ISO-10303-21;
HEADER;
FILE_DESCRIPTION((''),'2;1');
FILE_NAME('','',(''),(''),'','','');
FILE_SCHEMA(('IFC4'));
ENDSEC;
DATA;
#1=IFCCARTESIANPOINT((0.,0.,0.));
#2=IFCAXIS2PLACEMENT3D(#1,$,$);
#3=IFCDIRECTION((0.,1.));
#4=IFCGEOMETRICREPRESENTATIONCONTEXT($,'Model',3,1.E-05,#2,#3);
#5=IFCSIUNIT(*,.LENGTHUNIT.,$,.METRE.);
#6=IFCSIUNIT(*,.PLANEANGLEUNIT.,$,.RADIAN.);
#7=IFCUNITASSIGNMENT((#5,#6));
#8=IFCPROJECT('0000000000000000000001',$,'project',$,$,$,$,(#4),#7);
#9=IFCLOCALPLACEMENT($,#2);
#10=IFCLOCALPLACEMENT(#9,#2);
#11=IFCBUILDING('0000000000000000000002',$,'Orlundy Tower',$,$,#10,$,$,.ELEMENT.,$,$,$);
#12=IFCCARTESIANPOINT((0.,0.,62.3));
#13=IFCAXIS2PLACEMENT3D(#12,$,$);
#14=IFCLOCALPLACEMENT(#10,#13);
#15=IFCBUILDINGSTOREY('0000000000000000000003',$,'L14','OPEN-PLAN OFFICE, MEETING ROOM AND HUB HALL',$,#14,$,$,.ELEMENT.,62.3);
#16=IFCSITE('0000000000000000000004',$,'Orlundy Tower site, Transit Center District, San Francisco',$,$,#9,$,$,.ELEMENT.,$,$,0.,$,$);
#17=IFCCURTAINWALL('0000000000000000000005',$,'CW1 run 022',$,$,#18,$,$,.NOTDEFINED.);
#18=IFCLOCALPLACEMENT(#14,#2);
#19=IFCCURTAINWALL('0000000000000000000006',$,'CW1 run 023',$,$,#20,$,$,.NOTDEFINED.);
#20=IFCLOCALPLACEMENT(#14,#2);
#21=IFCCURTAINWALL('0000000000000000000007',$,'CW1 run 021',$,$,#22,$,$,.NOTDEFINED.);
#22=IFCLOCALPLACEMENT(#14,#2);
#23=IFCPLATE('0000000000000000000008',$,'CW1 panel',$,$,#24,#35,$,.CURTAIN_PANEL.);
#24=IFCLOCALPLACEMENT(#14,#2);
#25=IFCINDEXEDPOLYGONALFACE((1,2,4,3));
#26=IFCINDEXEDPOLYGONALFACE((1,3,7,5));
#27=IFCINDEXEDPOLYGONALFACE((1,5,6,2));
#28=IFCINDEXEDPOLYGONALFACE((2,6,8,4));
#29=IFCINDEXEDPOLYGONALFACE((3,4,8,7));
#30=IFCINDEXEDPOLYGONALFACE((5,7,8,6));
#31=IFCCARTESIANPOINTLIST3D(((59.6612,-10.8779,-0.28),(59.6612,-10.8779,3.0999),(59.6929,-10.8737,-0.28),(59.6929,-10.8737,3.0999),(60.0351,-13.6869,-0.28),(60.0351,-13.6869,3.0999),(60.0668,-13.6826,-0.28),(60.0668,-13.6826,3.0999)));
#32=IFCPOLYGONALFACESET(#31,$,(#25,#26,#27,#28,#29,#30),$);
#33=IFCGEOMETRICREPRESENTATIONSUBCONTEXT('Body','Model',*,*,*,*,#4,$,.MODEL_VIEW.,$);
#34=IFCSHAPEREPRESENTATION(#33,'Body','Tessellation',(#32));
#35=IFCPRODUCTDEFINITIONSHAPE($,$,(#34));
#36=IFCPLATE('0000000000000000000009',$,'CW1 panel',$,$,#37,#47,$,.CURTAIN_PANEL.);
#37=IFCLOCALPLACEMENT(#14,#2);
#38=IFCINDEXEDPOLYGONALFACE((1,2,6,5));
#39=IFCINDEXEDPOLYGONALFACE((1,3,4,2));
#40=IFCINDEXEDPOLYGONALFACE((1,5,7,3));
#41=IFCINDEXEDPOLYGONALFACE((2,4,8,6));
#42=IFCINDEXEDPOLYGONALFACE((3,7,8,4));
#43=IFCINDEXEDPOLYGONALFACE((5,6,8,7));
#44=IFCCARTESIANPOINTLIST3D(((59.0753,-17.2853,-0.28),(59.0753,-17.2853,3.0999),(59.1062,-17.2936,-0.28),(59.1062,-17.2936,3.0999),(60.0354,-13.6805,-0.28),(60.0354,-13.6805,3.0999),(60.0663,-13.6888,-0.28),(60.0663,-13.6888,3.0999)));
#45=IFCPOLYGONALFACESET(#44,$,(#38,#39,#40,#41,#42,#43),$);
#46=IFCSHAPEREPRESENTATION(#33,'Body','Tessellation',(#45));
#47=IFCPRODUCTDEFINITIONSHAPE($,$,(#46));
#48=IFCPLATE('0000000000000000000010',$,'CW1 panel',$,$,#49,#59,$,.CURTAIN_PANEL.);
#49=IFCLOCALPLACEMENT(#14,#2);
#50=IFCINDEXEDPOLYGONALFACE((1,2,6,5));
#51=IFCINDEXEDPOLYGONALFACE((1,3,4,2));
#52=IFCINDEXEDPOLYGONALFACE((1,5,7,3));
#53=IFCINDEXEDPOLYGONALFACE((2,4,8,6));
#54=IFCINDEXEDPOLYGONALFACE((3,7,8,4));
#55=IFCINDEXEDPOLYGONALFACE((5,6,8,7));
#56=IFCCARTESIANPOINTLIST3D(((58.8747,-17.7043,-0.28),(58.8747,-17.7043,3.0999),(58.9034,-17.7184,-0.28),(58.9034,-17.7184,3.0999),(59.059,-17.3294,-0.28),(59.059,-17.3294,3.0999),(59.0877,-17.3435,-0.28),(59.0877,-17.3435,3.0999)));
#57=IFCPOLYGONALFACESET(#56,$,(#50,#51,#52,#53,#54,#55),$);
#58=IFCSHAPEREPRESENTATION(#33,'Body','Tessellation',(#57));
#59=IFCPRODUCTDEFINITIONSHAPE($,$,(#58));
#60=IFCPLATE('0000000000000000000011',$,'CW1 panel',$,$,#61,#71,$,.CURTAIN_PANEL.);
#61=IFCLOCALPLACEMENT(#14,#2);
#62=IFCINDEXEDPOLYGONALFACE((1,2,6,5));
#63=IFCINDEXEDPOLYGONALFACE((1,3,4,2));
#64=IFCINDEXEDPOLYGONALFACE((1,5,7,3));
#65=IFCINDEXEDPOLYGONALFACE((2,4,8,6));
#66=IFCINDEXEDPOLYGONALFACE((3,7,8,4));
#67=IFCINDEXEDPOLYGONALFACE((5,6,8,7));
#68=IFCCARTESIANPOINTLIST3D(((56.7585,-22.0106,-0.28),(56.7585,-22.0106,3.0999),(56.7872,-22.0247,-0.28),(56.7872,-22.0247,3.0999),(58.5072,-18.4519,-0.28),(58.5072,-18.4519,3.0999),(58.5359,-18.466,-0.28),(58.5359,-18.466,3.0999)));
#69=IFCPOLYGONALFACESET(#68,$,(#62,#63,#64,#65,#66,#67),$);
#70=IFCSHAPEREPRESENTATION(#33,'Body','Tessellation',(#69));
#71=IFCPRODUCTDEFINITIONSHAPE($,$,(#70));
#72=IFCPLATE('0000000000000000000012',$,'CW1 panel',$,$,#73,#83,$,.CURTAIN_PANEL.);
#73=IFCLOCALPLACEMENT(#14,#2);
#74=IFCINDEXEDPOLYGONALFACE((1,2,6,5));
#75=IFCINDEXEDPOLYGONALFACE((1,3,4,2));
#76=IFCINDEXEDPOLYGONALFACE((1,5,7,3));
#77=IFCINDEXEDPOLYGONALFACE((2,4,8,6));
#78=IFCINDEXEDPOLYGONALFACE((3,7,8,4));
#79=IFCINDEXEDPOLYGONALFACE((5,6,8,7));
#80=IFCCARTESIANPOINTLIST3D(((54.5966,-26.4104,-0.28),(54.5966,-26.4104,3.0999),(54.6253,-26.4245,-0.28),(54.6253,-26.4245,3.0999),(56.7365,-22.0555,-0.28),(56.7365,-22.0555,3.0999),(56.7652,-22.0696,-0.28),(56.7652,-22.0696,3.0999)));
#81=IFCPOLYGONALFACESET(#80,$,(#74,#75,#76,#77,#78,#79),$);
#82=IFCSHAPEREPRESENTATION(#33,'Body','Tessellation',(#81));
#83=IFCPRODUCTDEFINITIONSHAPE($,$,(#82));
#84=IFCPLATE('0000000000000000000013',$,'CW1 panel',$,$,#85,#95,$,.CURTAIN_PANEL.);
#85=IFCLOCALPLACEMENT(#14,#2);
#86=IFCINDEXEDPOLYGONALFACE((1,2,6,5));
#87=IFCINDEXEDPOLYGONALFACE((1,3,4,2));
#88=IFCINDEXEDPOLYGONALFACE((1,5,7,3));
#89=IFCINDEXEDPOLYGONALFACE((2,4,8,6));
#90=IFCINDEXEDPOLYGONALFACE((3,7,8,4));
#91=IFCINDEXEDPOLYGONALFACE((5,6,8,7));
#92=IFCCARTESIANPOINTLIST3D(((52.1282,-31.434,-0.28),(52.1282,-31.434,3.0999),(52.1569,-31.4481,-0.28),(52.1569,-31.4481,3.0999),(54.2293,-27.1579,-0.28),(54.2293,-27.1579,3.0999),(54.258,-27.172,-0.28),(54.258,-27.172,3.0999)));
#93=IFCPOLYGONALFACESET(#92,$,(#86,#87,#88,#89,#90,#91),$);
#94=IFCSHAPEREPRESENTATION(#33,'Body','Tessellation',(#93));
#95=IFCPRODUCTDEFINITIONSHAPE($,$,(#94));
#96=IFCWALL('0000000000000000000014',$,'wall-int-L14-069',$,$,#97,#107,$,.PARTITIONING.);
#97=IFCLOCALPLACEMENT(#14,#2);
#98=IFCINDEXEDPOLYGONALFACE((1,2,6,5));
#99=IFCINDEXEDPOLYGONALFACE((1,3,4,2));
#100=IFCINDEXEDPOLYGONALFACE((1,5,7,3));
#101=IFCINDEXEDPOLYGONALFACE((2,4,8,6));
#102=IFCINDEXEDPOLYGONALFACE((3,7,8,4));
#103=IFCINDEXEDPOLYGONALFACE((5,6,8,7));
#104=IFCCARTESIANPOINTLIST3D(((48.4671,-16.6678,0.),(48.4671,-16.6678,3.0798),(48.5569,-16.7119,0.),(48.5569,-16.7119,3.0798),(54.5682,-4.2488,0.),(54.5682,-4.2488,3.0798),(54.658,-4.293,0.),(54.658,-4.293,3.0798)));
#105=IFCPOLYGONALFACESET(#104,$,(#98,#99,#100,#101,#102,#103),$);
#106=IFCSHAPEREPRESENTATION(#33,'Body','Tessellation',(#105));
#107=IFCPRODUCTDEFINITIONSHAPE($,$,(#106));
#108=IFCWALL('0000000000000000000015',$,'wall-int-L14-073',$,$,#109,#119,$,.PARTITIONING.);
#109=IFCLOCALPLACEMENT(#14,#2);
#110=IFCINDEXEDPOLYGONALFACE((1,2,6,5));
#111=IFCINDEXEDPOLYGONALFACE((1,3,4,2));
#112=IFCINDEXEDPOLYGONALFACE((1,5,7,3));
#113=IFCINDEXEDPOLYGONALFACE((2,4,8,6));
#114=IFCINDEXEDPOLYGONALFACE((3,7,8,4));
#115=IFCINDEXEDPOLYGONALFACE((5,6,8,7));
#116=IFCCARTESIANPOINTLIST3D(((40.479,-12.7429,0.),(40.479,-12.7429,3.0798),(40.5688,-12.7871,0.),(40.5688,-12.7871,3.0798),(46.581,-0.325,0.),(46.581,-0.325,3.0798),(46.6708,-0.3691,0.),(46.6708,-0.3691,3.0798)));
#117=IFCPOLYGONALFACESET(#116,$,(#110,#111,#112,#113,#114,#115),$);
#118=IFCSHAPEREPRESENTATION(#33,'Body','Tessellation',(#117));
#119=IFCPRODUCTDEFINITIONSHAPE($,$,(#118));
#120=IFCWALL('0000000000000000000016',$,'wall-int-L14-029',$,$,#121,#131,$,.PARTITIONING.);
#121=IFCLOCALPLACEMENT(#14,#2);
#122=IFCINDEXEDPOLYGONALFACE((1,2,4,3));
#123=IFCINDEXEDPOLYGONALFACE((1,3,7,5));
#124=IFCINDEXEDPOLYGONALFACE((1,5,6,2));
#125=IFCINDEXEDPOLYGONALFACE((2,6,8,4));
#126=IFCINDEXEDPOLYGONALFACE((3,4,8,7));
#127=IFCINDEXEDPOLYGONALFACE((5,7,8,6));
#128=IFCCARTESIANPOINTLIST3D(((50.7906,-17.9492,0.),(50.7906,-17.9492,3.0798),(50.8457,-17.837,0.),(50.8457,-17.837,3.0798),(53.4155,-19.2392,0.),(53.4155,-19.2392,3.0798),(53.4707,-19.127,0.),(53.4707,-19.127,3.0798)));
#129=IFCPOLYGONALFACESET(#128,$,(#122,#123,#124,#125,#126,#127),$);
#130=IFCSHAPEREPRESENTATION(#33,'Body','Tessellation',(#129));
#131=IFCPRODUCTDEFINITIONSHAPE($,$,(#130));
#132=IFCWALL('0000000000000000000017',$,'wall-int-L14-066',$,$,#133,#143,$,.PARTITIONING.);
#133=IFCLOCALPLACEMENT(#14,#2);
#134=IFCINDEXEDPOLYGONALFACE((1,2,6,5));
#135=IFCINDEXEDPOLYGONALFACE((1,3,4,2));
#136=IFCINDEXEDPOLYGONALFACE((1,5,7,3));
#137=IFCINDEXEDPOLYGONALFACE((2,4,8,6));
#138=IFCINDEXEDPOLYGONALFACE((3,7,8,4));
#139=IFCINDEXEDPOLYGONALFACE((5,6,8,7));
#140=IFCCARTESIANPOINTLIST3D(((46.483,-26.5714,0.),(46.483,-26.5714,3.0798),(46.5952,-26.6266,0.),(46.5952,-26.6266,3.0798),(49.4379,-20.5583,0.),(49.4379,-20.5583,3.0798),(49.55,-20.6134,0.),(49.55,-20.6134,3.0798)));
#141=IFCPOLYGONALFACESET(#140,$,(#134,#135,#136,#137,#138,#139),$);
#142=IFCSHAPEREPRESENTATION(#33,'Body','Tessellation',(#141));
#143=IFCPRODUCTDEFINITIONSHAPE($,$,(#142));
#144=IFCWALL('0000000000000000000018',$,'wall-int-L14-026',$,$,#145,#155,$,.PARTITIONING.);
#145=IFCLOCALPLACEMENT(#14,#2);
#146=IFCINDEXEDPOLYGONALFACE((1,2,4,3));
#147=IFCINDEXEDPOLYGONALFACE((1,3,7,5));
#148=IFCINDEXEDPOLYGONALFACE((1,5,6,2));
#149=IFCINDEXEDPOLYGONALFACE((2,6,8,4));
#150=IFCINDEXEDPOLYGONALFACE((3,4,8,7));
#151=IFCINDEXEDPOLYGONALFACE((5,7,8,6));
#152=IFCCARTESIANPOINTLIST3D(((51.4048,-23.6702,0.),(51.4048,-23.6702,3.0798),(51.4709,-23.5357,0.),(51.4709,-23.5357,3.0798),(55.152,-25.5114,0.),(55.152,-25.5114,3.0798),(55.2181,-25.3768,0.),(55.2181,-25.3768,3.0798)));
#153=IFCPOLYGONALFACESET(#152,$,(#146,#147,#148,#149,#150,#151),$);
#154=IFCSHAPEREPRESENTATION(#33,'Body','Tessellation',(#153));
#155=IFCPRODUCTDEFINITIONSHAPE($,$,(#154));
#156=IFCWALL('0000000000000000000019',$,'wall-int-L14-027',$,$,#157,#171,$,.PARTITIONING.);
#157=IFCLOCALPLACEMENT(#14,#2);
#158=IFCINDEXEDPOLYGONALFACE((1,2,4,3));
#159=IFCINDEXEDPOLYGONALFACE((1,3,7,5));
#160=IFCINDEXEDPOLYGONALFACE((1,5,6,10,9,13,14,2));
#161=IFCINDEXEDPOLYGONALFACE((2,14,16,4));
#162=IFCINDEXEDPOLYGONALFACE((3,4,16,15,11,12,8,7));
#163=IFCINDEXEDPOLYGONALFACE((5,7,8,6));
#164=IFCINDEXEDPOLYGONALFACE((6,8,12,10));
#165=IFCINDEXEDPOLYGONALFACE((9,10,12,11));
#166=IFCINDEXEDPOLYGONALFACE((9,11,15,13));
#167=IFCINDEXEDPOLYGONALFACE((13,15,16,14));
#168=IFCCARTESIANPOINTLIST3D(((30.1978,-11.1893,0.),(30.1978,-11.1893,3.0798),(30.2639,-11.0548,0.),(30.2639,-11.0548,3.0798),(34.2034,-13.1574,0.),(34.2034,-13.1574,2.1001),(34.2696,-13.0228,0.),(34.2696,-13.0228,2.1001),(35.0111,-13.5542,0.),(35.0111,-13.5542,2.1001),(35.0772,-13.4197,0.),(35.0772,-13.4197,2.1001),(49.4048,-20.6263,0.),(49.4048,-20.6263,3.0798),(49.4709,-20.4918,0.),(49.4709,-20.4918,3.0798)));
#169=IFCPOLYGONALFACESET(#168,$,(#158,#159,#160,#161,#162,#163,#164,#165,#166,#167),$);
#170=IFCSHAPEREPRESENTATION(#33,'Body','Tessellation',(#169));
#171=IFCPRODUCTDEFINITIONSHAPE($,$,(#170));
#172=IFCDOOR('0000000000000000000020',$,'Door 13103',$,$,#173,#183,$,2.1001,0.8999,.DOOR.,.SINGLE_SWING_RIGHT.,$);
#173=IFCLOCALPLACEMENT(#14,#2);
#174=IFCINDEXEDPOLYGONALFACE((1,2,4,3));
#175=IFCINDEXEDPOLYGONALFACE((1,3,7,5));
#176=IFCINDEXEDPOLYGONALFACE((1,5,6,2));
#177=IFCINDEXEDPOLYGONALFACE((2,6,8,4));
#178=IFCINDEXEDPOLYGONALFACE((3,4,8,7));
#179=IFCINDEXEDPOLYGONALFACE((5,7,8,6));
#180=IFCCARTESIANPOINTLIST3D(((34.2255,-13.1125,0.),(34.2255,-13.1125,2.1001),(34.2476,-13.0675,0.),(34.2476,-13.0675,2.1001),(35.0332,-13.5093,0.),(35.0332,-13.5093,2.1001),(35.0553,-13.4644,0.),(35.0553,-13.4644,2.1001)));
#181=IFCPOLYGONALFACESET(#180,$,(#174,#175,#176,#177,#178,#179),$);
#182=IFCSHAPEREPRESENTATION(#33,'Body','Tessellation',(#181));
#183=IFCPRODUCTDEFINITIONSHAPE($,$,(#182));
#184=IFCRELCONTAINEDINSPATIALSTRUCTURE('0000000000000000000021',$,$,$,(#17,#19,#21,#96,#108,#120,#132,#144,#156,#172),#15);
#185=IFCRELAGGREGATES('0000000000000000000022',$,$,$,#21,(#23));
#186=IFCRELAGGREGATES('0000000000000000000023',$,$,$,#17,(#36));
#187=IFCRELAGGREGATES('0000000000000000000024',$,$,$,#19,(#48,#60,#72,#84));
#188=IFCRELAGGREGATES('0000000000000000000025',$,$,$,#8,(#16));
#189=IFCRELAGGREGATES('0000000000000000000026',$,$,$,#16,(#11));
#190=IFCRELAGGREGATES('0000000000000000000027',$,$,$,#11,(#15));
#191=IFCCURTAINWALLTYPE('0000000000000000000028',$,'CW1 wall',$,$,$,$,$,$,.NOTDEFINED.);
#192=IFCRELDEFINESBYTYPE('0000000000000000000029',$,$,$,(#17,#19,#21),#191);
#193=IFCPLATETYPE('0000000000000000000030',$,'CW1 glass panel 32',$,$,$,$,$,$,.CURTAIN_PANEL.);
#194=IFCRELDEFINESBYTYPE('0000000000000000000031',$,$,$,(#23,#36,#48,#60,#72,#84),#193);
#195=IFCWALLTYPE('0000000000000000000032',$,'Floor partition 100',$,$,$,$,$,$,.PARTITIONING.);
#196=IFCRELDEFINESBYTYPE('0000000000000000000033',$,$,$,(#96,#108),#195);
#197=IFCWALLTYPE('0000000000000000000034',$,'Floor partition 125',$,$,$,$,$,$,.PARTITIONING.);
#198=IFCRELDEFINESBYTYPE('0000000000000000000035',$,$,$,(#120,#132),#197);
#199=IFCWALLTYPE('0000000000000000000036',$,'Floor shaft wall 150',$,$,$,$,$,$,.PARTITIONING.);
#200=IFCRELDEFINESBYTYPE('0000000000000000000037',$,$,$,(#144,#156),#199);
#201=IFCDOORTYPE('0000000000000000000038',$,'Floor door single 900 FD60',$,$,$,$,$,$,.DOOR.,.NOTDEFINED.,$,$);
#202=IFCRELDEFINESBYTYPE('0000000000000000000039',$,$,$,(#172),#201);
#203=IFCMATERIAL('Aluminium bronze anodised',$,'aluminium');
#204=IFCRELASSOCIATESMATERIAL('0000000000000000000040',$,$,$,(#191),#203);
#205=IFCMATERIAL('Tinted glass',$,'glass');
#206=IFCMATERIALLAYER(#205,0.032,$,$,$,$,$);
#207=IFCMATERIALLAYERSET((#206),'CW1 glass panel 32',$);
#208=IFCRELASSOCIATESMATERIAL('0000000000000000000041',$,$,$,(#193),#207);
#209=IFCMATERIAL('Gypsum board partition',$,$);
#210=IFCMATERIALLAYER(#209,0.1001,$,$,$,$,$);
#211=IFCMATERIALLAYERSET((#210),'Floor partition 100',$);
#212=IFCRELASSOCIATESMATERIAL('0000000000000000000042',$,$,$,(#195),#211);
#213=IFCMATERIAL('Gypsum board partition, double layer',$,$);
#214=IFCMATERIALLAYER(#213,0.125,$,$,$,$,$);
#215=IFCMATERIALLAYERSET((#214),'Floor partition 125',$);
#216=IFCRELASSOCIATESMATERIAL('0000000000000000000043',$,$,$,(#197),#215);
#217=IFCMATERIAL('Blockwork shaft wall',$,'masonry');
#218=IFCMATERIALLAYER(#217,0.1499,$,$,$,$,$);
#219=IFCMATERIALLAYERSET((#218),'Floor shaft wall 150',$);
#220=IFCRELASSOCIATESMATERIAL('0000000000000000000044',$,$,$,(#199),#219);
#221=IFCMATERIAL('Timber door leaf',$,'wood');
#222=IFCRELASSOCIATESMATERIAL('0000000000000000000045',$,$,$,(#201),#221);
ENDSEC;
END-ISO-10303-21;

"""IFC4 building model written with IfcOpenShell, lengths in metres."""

from ifc_helpers import new_model, si_unit, direction, frame, frame_2d, origin, origin_2d, place, context, subcontext, project, spatial, rectangle, extrude, material, layer, layer_set, type_object, element, fill, aggregate, save


model = new_model("IFC4")

# Units and contexts
model_context = context("Model", 3, precision=1e-05, world=origin(), true_north=direction((0.0, 1.0)))
body_context = subcontext(model_context, "Body", "Model", "MODEL_VIEW")
ifc_project = project(units=[si_unit("LENGTHUNIT", "METRE"), si_unit("PLANEANGLEUNIT", "RADIAN")], contexts=[model_context])

# Site, building, storey
site_placement = place(None, origin())
site = spatial("IfcSite", under=ifc_project, at=site_placement, Name="Orlundy Tower site, Transit Center District, San Francisco", CompositionType="ELEMENT", RefElevation=0.0)
building_placement = place(site_placement, origin())
building = spatial("IfcBuilding", under=site, at=building_placement, Name="Orlundy Tower", CompositionType="ELEMENT")
storey_placement = place(building_placement, frame((0.0, 0.0, 62.3)))
storey = spatial("IfcBuildingStorey", under=building, at=storey_placement, Name="L14", Description="OPEN-PLAN OFFICE, MEETING ROOM AND HUB HALL", CompositionType="ELEMENT", Elevation=62.3)

# Curtain wall
ifc_material_1 = material(Name="Aluminium bronze anodised", Category="aluminium")
curtain_wall_type = type_object("IfcCurtainWallType", Name="CW1 wall", PredefinedType="NOTDEFINED", material=ifc_material_1)
curtain_wall_1_placement = place(storey_placement, origin())
curtain_wall_1 = element("IfcCurtainWall", 1, at=curtain_wall_1_placement, inside=storey, type_object=curtain_wall_type, Name="CW1 run 022", PredefinedType="NOTDEFINED")

# Curtain wall
curtain_wall_2_placement = place(storey_placement, origin())
curtain_wall_2 = element("IfcCurtainWall", 2, at=curtain_wall_2_placement, inside=storey, type_object=curtain_wall_type, Name="CW1 run 023", PredefinedType="NOTDEFINED")

# Curtain wall
curtain_wall_3_placement = place(storey_placement, origin())
curtain_wall_3 = element("IfcCurtainWall", 3, at=curtain_wall_3_placement, inside=storey, type_object=curtain_wall_type, Name="CW1 run 021", PredefinedType="NOTDEFINED")

# Plates
ifc_material_2 = material(Name="Tinted glass", Category="glass")
ifc_layer_1 = layer(ifc_material_2, 0.032)
ifc_layer_set_1 = layer_set([ifc_layer_1], Name="CW1 glass panel 32")
plate_type = type_object("IfcPlateType", Name="CW1 glass panel 32", PredefinedType="CURTAIN_PANEL", material=ifc_layer_set_1)
plate_1_placement = place(storey_placement, frame((59.864, -12.2803, -0.28), z_axis=(0.0, 0.0, 1.0), x_axis=(0.131934, -0.991259, 0.0)))
plate_1 = element("IfcPlate", 4, at=plate_1_placement, type_object=plate_type, Name="CW1 panel", PredefinedType="CURTAIN_PANEL", context=body_context, shape_type="SweptSolid", body=[
    extrude(rectangle(XDim=2.8337, YDim=0.032, at=origin_2d()), origin(), (0.0, 0.0, 1.0), 3.3799),
])
aggregate(curtain_wall_3, [plate_1])
plate_2_placement = place(storey_placement, frame((59.5708, -15.4871, -0.28), z_axis=(0.0, 0.0, 1.0), x_axis=(-0.25736, -0.966315, 0.0)))
plate_2 = element("IfcPlate", 5, at=plate_2_placement, type_object=plate_type, Name="CW1 panel", PredefinedType="CURTAIN_PANEL", context=body_context, shape_type="SweptSolid", body=[
    extrude(rectangle(XDim=3.7305, YDim=0.032, at=origin_2d()), origin(), (0.0, 0.0, 1.0), 3.3799),
])
aggregate(curtain_wall_1, [plate_2])
plate_3_placement = place(storey_placement, frame((58.9812, -17.5239, -0.28), z_axis=(0.0, 0.0, 1.0), x_axis=(-0.441012, -0.897501, 0.0)))
plate_3 = element("IfcPlate", 6, at=plate_3_placement, type_object=plate_type, Name="CW1 panel", PredefinedType="CURTAIN_PANEL", context=body_context, shape_type="SweptSolid", body=[
    extrude(rectangle(XDim=0.4177, YDim=0.032, at=origin_2d()), origin(), (0.0, 0.0, 1.0), 3.3799),
])
plate_4_placement = place(storey_placement, frame((57.6472, -20.2383, -0.28), z_axis=(0.0, 0.0, 1.0), x_axis=(-0.441012, -0.897501, 0.0)))
plate_4 = element("IfcPlate", 7, at=plate_4_placement, type_object=plate_type, Name="CW1 panel", PredefinedType="CURTAIN_PANEL", context=body_context, shape_type="SweptSolid", body=[
    extrude(rectangle(XDim=3.9651, YDim=0.032, at=origin_2d()), origin(), (0.0, 0.0, 1.0), 3.3799),
])
plate_5_placement = place(storey_placement, frame((55.6809, -24.24, -0.28), z_axis=(0.0, 0.0, 1.0), x_axis=(-0.441012, -0.897501, 0.0)))
plate_5 = element("IfcPlate", 8, at=plate_5_placement, type_object=plate_type, Name="CW1 panel", PredefinedType="CURTAIN_PANEL", context=body_context, shape_type="SweptSolid", body=[
    extrude(rectangle(XDim=4.8523, YDim=0.032, at=origin_2d()), origin(), (0.0, 0.0, 1.0), 3.3799),
])
plate_6_placement = place(storey_placement, frame((53.1931, -29.303, -0.28), z_axis=(0.0, 0.0, 1.0), x_axis=(-0.441012, -0.897501, 0.0)))
plate_6 = element("IfcPlate", 9, at=plate_6_placement, type_object=plate_type, Name="CW1 panel", PredefinedType="CURTAIN_PANEL", context=body_context, shape_type="SweptSolid", body=[
    extrude(rectangle(XDim=4.7644, YDim=0.032, at=origin_2d()), origin(), (0.0, 0.0, 1.0), 3.3799),
])
aggregate(curtain_wall_2, [plate_3, plate_4, plate_5, plate_6])

# Walls
ifc_material_3 = material(Name="Gypsum board partition")
ifc_layer_2 = layer(ifc_material_3, 0.1001)
ifc_layer_set_2 = layer_set([ifc_layer_2], Name="Floor partition 100")
wall_type_1 = type_object("IfcWallType", Name="Floor partition 100", PredefinedType="PARTITIONING", material=ifc_layer_set_2)
wall_1_placement = place(storey_placement, frame((48.512, -16.6899, 0.0), z_axis=(0.0, 0.0, 1.0), x_axis=(0.440935, 0.897539, 0.0)))
element("IfcWall", 10, at=wall_1_placement, inside=storey, type_object=wall_type_1, Name="wall-int-L14-069", PredefinedType="PARTITIONING", context=body_context, shape_type="SweptSolid", body=[
    extrude(rectangle(XDim=13.8367, YDim=0.1001, at=frame_2d((6.9185, 0.0))), origin(), (0.0, 0.0, 1.0), 3.0798),
])
wall_2_placement = place(storey_placement, frame((40.5239, -12.7649, 0.0), z_axis=(0.0, 0.0, 1.0), x_axis=(0.44102, 0.897497, 0.0)))
element("IfcWall", 11, at=wall_2_placement, inside=storey, type_object=wall_type_1, Name="wall-int-L14-073", PredefinedType="PARTITIONING", context=body_context, shape_type="SweptSolid", body=[
    extrude(rectangle(XDim=13.8362, YDim=0.1001, at=frame_2d((6.918, 0.0))), origin(), (0.0, 0.0, 1.0), 3.0798),
])
ifc_material_4 = material(Name="Gypsum board partition, double layer")
ifc_layer_3 = layer(ifc_material_4, 0.125)
ifc_layer_set_3 = layer_set([ifc_layer_3], Name="Floor partition 125")
wall_type_2 = type_object("IfcWallType", Name="Floor partition 125", PredefinedType="PARTITIONING", material=ifc_layer_set_3)
wall_3_placement = place(storey_placement, frame((53.4431, -19.1831, 0.0), z_axis=(0.0, 0.0, 1.0), x_axis=(-0.897478, 0.44106, 0.0)))
element("IfcWall", 12, at=wall_3_placement, inside=storey, type_object=wall_type_2, Name="wall-int-L14-029", PredefinedType="PARTITIONING", context=body_context, shape_type="SweptSolid", body=[
    extrude(rectangle(XDim=2.9248, YDim=0.125, at=frame_2d((1.4624, 0.0))), origin(), (0.0, 0.0, 1.0), 3.0798),
])
wall_4_placement = place(storey_placement, frame((46.5391, -26.5991, 0.0), z_axis=(0.0, 0.0, 1.0), x_axis=(0.441023, 0.897496, 0.0)))
element("IfcWall", 13, at=wall_4_placement, inside=storey, type_object=wall_type_2, Name="wall-int-L14-066", PredefinedType="PARTITIONING", context=body_context, shape_type="SweptSolid", body=[
    extrude(rectangle(XDim=6.7, YDim=0.125, at=frame_2d((3.3501, 0.0))), origin(), (0.0, 0.0, 1.0), 3.0798),
])
ifc_material_5 = material(Name="Blockwork shaft wall", Category="masonry")
ifc_layer_4 = layer(ifc_material_5, 0.1499)
ifc_layer_set_4 = layer_set([ifc_layer_4], Name="Floor shaft wall 150")
wall_type_3 = type_object("IfcWallType", Name="Floor shaft wall 150", PredefinedType="PARTITIONING", material=ifc_layer_set_4)
wall_5_placement = place(storey_placement, frame((51.438, -23.603, 0.0), z_axis=(0.0, 0.0, 1.0), x_axis=(0.897517, -0.440981, 0.0)))
element("IfcWall", 14, at=wall_5_placement, inside=storey, type_object=wall_type_3, Name="wall-int-L14-026", PredefinedType="PARTITIONING", context=body_context, shape_type="SweptSolid", body=[
    extrude(rectangle(XDim=4.175, YDim=0.1499, at=frame_2d((2.0874, 0.0))), origin(), (0.0, 0.0, 1.0), 3.0798),
])

# Wall, opening, door
wall_6_placement = place(storey_placement, frame((49.438, -20.5591, 0.0), z_axis=(0.0, 0.0, 1.0), x_axis=(-0.897518, 0.440978, 0.0)))
wall_6 = element("IfcWall", 15, at=wall_6_placement, inside=storey, type_object=wall_type_3, Name="wall-int-L14-027", PredefinedType="PARTITIONING", context=body_context, shape_type="SweptSolid", body=[
    extrude(rectangle(XDim=21.4001, YDim=0.1499, at=frame_2d((10.7002, 0.0))), origin(), (0.0, 0.0, 1.0), 3.0798),
])
opening_placement = place(wall_6_placement, frame((16.0374, 0.0, 0.0)))
opening = element("IfcOpeningElement", 16, at=opening_placement, cuts=wall_6, PredefinedType="OPENING", context=body_context, shape_type="SweptSolid", body=[
    extrude(rectangle(XDim=0.8999, YDim=2.1001, at=frame_2d((0.45, 1.05))), frame((0.0, 0.085, 0.0), z_axis=(0.0, -1.0, 0.0), x_axis=(1.0, 0.0, 0.0)), (0.0, 0.0, 1.0), 0.1699),
])
ifc_material_6 = material(Name="Timber door leaf", Category="wood")
door_type = type_object("IfcDoorType", Name="Floor door single 900 FD60", OperationType="NOTDEFINED", PredefinedType="DOOR", material=ifc_material_6)
door_placement = place(opening_placement, origin())
door = element("IfcDoor", 17, at=door_placement, inside=storey, type_object=door_type, Name="Door 13103", OperationType="SINGLE_SWING_RIGHT", OverallHeight=2.1001, OverallWidth=0.8999, PredefinedType="DOOR", context=body_context, shape_type="SweptSolid", body=[
    extrude(rectangle(XDim=0.8999, YDim=2.1001, at=frame_2d((0.45, 1.05))), frame((0.0, 0.0249, 0.0), z_axis=(0.0, -1.0, 0.0), x_axis=(1.0, 0.0, 0.0)), (0.0, 0.0, 1.0), 0.05),
])
fill(opening, door)

save(model, "model.ifc")
